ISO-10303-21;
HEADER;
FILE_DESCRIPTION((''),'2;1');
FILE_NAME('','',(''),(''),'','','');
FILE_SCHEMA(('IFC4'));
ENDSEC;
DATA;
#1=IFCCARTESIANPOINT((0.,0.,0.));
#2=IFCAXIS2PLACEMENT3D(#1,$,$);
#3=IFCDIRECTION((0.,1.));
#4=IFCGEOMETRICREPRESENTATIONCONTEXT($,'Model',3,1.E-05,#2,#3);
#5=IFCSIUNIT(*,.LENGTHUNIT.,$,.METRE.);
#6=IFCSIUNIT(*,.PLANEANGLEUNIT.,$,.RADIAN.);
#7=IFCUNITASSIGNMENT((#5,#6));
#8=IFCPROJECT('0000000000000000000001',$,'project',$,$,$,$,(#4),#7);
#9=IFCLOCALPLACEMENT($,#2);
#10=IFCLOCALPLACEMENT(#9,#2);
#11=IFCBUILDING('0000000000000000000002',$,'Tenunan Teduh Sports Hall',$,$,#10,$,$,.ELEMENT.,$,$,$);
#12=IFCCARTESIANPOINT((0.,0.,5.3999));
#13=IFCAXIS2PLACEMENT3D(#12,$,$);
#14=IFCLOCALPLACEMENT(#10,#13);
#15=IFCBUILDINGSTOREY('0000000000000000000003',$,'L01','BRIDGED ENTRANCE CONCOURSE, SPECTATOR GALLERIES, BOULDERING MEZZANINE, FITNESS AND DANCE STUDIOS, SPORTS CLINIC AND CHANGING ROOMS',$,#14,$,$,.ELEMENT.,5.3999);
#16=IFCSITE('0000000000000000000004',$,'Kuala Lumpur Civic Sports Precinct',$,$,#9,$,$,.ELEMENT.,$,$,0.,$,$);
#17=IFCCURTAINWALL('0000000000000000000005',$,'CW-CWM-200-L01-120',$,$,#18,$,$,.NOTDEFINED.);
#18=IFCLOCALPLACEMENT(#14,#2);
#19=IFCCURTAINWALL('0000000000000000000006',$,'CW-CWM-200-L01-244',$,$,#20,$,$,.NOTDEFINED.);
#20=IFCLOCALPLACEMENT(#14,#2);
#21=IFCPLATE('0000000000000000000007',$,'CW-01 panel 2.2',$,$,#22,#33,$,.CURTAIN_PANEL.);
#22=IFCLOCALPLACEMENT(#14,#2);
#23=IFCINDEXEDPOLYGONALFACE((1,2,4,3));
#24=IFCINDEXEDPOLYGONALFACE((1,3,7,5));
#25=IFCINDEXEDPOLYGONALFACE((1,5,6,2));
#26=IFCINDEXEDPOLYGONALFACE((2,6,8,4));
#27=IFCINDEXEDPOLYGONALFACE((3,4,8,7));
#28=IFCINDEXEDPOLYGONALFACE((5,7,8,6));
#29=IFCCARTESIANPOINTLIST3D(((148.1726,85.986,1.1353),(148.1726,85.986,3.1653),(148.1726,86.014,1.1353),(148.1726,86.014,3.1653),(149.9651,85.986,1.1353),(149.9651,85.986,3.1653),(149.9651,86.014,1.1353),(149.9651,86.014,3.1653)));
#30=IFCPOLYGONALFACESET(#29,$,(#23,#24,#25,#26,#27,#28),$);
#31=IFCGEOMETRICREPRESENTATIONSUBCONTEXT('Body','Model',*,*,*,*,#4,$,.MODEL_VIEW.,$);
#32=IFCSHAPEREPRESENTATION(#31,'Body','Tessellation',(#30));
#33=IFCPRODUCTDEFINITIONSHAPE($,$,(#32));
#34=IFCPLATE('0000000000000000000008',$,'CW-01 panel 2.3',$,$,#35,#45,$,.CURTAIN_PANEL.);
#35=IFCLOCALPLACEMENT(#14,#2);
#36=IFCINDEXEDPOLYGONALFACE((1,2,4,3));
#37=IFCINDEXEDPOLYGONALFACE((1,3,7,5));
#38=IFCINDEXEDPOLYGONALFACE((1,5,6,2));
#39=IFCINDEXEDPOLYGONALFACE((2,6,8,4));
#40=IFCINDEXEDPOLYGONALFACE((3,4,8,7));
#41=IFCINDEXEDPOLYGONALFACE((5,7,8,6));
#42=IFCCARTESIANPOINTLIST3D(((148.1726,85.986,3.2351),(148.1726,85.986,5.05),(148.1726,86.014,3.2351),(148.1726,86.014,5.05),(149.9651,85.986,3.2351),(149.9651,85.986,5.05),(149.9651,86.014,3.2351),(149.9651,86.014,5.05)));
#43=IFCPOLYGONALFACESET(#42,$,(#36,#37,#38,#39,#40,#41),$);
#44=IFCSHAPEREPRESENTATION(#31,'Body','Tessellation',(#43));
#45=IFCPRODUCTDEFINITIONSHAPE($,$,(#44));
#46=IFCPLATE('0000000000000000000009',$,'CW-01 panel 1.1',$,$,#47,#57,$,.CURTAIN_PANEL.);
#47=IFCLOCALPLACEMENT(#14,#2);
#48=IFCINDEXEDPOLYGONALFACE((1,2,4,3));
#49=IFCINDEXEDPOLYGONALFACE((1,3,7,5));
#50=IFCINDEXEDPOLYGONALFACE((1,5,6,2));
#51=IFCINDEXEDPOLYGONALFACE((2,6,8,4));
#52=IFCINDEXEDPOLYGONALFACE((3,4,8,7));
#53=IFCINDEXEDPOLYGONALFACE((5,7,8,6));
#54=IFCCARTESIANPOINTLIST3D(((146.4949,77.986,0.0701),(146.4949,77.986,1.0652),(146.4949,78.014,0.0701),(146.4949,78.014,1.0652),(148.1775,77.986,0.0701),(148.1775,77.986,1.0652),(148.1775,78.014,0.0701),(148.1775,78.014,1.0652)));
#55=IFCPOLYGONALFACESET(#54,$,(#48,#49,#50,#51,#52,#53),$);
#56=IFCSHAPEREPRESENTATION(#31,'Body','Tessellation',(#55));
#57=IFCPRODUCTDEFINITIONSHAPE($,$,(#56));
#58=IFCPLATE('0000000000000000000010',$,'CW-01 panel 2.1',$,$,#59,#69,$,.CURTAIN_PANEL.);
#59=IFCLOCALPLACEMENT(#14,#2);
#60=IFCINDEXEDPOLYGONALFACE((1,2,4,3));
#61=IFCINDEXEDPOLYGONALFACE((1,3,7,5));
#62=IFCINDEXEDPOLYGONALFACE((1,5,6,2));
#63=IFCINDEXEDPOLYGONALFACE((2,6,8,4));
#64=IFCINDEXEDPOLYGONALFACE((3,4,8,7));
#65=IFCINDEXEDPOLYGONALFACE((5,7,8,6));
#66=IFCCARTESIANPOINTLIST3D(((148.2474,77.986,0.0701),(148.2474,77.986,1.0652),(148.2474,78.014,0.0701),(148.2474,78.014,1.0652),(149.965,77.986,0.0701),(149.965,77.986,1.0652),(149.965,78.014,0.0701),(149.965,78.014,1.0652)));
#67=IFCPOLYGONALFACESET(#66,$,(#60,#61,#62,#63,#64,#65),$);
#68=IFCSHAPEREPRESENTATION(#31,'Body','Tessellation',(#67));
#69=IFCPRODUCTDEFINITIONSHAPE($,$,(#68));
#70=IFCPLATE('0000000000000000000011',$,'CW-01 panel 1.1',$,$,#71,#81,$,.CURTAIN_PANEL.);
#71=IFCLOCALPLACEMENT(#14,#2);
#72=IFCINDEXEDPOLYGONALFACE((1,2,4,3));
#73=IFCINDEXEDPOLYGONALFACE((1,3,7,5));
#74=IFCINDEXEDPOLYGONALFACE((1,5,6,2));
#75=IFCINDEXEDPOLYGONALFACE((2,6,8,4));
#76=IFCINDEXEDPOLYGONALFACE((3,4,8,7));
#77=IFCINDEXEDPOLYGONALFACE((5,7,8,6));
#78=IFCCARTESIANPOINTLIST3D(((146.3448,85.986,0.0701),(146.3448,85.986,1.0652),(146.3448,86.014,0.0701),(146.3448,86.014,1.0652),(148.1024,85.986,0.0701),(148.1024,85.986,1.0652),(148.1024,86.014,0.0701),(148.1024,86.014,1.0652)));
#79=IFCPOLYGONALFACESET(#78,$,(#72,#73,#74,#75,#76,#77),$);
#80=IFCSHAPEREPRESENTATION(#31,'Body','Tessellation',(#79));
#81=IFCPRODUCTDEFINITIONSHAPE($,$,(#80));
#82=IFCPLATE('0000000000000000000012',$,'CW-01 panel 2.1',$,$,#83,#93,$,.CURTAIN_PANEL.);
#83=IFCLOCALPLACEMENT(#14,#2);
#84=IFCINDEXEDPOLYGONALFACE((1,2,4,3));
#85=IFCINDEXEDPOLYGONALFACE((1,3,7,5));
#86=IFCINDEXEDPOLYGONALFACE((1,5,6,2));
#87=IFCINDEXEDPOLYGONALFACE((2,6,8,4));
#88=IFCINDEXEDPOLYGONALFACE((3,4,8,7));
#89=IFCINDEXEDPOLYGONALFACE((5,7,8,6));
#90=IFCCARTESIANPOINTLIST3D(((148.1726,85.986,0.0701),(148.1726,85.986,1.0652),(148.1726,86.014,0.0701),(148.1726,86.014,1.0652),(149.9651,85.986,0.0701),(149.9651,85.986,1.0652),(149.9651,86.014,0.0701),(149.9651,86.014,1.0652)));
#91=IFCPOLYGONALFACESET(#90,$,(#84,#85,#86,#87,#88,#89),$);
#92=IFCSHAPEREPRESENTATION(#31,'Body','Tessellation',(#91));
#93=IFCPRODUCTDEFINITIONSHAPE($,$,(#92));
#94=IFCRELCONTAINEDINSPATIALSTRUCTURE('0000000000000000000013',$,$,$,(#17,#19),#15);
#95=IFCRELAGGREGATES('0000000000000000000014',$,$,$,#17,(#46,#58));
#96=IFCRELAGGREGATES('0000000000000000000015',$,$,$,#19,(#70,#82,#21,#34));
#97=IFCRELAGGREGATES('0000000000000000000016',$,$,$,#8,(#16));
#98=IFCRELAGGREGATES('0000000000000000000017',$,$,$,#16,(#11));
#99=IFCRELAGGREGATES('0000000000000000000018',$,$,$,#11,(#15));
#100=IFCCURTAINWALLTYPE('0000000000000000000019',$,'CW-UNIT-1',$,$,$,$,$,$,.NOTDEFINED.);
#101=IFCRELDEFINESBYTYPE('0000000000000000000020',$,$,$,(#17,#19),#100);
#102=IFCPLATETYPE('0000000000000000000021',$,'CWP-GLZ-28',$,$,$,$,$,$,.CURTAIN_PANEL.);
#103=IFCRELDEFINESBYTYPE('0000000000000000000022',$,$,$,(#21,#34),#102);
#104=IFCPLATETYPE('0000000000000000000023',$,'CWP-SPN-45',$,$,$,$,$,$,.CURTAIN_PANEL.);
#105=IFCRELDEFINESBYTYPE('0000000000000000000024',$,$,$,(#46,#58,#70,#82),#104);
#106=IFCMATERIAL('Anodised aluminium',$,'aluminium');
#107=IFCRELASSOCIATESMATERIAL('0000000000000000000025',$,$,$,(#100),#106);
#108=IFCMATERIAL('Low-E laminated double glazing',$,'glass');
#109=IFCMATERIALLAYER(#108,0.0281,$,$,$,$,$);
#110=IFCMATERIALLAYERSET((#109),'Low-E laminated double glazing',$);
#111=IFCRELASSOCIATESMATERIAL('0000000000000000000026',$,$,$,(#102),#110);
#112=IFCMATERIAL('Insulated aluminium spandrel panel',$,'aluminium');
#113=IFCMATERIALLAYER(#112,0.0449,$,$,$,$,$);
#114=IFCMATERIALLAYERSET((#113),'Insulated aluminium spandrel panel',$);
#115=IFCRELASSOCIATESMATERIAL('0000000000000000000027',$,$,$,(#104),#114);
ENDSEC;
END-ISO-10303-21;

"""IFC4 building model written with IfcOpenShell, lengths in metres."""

from ifc_helpers import new_model, si_unit, direction, frame, origin, origin_2d, place, context, subcontext, project, spatial, rectangle, extrude, material, layer, layer_set, type_object, element, aggregate, save


model = new_model("IFC4")

# Units and contexts
model_context = context("Model", 3, precision=1e-05, world=origin(), true_north=direction((0.0, 1.0)))
body_context = subcontext(model_context, "Body", "Model", "MODEL_VIEW")
ifc_project = project(units=[si_unit("LENGTHUNIT", "METRE"), si_unit("PLANEANGLEUNIT", "RADIAN")], contexts=[model_context])

# Site, building, storey
site_placement = place(None, origin())
site = spatial("IfcSite", under=ifc_project, at=site_placement, Name="Kuala Lumpur Civic Sports Precinct", CompositionType="ELEMENT", RefElevation=0.0)
building_placement = place(site_placement, origin())
building = spatial("IfcBuilding", under=site, at=building_placement, Name="Tenunan Teduh Sports Hall", CompositionType="ELEMENT")
storey_placement = place(building_placement, frame((0.0, 0.0, 5.3999)))
storey = spatial("IfcBuildingStorey", under=building, at=storey_placement, Name="L01", Description="BRIDGED ENTRANCE CONCOURSE, SPECTATOR GALLERIES, BOULDERING MEZZANINE, FITNESS AND DANCE STUDIOS, SPORTS CLINIC AND CHANGING ROOMS", CompositionType="ELEMENT", Elevation=5.3999)

# Curtain walls
ifc_material_1 = material(Name="Anodised aluminium", Category="aluminium")
curtain_wall_type = type_object("IfcCurtainWallType", Name="CW-UNIT-1", PredefinedType="NOTDEFINED", material=ifc_material_1)
curtain_wall_1_placement = place(storey_placement, origin())
curtain_wall_1 = element("IfcCurtainWall", 1, at=curtain_wall_1_placement, inside=storey, type_object=curtain_wall_type, Name="CW-CWM-200-L01-120", PredefinedType="NOTDEFINED")
curtain_wall_2_placement = place(storey_placement, origin())
curtain_wall_2 = element("IfcCurtainWall", 2, at=curtain_wall_2_placement, inside=storey, type_object=curtain_wall_type, Name="CW-CWM-200-L01-244", PredefinedType="NOTDEFINED")

# Plates
ifc_material_2 = material(Name="Low-E laminated double glazing", Category="glass")
ifc_layer_1 = layer(ifc_material_2, 0.0281)
ifc_layer_set_1 = layer_set([ifc_layer_1], Name="Low-E laminated double glazing")
plate_type_1 = type_object("IfcPlateType", Name="CWP-GLZ-28", PredefinedType="CURTAIN_PANEL", material=ifc_layer_set_1)
plate_1_placement = place(storey_placement, frame((149.0688, 86.0, 1.1353), z_axis=(0.0, 0.0, 1.0), x_axis=(1.0, 0.0, 0.0)))
plate_1 = element("IfcPlate", 3, at=plate_1_placement, type_object=plate_type_1, Name="CW-01 panel 2.2", PredefinedType="CURTAIN_PANEL", context=body_context, shape_type="SweptSolid", body=[
    extrude(rectangle(XDim=1.7925, YDim=0.0281, at=origin_2d()), origin(), (0.0, 0.0, 1.0), 2.03),
])
plate_2_placement = place(storey_placement, frame((149.0688, 86.0, 3.2351), z_axis=(0.0, 0.0, 1.0), x_axis=(1.0, 0.0, 0.0)))
plate_2 = element("IfcPlate", 4, at=plate_2_placement, type_object=plate_type_1, Name="CW-01 panel 2.3", PredefinedType="CURTAIN_PANEL", context=body_context, shape_type="SweptSolid", body=[
    extrude(rectangle(XDim=1.7925, YDim=0.0281, at=origin_2d()), origin(), (0.0, 0.0, 1.0), 1.8149),
])
ifc_material_3 = material(Name="Insulated aluminium spandrel panel", Category="aluminium")
ifc_layer_2 = layer(ifc_material_3, 0.0449)
ifc_layer_set_2 = layer_set([ifc_layer_2], Name="Insulated aluminium spandrel panel")
plate_type_2 = type_object("IfcPlateType", Name="CWP-SPN-45", PredefinedType="CURTAIN_PANEL", material=ifc_layer_set_2)
plate_3_placement = place(storey_placement, frame((147.3362, 78.0, 0.0701), z_axis=(0.0, 0.0, 1.0), x_axis=(1.0, 0.0, 0.0)))
plate_3 = element("IfcPlate", 5, at=plate_3_placement, type_object=plate_type_2, Name="CW-01 panel 1.1", PredefinedType="CURTAIN_PANEL", context=body_context, shape_type="SweptSolid", body=[
    extrude(rectangle(XDim=1.6826, YDim=0.0281, at=origin_2d()), origin(), (0.0, 0.0, 1.0), 0.9951),
])
plate_4_placement = place(storey_placement, frame((149.1062, 78.0, 0.0701), z_axis=(0.0, 0.0, 1.0), x_axis=(1.0, 0.0, 0.0)))
plate_4 = element("IfcPlate", 6, at=plate_4_placement, type_object=plate_type_2, Name="CW-01 panel 2.1", PredefinedType="CURTAIN_PANEL", context=body_context, shape_type="SweptSolid", body=[
    extrude(rectangle(XDim=1.7175, YDim=0.0281, at=origin_2d()), origin(), (0.0, 0.0, 1.0), 0.9951),
])
aggregate(curtain_wall_1, [plate_3, plate_4])
plate_5_placement = place(storey_placement, frame((147.2236, 86.0, 0.0701), z_axis=(0.0, 0.0, 1.0), x_axis=(1.0, 0.0, 0.0)))
plate_5 = element("IfcPlate", 7, at=plate_5_placement, type_object=plate_type_2, Name="CW-01 panel 1.1", PredefinedType="CURTAIN_PANEL", context=body_context, shape_type="SweptSolid", body=[
    extrude(rectangle(XDim=1.7576, YDim=0.0281, at=origin_2d()), origin(), (0.0, 0.0, 1.0), 0.9951),
])
plate_6_placement = place(storey_placement, frame((149.0688, 86.0, 0.0701), z_axis=(0.0, 0.0, 1.0), x_axis=(1.0, 0.0, 0.0)))
plate_6 = element("IfcPlate", 8, at=plate_6_placement, type_object=plate_type_2, Name="CW-01 panel 2.1", PredefinedType="CURTAIN_PANEL", context=body_context, shape_type="SweptSolid", body=[
    extrude(rectangle(XDim=1.7925, YDim=0.0281, at=origin_2d()), origin(), (0.0, 0.0, 1.0), 0.9951),
])
aggregate(curtain_wall_2, [plate_5, plate_6, plate_1, plate_2])

save(model, "model.ifc")
